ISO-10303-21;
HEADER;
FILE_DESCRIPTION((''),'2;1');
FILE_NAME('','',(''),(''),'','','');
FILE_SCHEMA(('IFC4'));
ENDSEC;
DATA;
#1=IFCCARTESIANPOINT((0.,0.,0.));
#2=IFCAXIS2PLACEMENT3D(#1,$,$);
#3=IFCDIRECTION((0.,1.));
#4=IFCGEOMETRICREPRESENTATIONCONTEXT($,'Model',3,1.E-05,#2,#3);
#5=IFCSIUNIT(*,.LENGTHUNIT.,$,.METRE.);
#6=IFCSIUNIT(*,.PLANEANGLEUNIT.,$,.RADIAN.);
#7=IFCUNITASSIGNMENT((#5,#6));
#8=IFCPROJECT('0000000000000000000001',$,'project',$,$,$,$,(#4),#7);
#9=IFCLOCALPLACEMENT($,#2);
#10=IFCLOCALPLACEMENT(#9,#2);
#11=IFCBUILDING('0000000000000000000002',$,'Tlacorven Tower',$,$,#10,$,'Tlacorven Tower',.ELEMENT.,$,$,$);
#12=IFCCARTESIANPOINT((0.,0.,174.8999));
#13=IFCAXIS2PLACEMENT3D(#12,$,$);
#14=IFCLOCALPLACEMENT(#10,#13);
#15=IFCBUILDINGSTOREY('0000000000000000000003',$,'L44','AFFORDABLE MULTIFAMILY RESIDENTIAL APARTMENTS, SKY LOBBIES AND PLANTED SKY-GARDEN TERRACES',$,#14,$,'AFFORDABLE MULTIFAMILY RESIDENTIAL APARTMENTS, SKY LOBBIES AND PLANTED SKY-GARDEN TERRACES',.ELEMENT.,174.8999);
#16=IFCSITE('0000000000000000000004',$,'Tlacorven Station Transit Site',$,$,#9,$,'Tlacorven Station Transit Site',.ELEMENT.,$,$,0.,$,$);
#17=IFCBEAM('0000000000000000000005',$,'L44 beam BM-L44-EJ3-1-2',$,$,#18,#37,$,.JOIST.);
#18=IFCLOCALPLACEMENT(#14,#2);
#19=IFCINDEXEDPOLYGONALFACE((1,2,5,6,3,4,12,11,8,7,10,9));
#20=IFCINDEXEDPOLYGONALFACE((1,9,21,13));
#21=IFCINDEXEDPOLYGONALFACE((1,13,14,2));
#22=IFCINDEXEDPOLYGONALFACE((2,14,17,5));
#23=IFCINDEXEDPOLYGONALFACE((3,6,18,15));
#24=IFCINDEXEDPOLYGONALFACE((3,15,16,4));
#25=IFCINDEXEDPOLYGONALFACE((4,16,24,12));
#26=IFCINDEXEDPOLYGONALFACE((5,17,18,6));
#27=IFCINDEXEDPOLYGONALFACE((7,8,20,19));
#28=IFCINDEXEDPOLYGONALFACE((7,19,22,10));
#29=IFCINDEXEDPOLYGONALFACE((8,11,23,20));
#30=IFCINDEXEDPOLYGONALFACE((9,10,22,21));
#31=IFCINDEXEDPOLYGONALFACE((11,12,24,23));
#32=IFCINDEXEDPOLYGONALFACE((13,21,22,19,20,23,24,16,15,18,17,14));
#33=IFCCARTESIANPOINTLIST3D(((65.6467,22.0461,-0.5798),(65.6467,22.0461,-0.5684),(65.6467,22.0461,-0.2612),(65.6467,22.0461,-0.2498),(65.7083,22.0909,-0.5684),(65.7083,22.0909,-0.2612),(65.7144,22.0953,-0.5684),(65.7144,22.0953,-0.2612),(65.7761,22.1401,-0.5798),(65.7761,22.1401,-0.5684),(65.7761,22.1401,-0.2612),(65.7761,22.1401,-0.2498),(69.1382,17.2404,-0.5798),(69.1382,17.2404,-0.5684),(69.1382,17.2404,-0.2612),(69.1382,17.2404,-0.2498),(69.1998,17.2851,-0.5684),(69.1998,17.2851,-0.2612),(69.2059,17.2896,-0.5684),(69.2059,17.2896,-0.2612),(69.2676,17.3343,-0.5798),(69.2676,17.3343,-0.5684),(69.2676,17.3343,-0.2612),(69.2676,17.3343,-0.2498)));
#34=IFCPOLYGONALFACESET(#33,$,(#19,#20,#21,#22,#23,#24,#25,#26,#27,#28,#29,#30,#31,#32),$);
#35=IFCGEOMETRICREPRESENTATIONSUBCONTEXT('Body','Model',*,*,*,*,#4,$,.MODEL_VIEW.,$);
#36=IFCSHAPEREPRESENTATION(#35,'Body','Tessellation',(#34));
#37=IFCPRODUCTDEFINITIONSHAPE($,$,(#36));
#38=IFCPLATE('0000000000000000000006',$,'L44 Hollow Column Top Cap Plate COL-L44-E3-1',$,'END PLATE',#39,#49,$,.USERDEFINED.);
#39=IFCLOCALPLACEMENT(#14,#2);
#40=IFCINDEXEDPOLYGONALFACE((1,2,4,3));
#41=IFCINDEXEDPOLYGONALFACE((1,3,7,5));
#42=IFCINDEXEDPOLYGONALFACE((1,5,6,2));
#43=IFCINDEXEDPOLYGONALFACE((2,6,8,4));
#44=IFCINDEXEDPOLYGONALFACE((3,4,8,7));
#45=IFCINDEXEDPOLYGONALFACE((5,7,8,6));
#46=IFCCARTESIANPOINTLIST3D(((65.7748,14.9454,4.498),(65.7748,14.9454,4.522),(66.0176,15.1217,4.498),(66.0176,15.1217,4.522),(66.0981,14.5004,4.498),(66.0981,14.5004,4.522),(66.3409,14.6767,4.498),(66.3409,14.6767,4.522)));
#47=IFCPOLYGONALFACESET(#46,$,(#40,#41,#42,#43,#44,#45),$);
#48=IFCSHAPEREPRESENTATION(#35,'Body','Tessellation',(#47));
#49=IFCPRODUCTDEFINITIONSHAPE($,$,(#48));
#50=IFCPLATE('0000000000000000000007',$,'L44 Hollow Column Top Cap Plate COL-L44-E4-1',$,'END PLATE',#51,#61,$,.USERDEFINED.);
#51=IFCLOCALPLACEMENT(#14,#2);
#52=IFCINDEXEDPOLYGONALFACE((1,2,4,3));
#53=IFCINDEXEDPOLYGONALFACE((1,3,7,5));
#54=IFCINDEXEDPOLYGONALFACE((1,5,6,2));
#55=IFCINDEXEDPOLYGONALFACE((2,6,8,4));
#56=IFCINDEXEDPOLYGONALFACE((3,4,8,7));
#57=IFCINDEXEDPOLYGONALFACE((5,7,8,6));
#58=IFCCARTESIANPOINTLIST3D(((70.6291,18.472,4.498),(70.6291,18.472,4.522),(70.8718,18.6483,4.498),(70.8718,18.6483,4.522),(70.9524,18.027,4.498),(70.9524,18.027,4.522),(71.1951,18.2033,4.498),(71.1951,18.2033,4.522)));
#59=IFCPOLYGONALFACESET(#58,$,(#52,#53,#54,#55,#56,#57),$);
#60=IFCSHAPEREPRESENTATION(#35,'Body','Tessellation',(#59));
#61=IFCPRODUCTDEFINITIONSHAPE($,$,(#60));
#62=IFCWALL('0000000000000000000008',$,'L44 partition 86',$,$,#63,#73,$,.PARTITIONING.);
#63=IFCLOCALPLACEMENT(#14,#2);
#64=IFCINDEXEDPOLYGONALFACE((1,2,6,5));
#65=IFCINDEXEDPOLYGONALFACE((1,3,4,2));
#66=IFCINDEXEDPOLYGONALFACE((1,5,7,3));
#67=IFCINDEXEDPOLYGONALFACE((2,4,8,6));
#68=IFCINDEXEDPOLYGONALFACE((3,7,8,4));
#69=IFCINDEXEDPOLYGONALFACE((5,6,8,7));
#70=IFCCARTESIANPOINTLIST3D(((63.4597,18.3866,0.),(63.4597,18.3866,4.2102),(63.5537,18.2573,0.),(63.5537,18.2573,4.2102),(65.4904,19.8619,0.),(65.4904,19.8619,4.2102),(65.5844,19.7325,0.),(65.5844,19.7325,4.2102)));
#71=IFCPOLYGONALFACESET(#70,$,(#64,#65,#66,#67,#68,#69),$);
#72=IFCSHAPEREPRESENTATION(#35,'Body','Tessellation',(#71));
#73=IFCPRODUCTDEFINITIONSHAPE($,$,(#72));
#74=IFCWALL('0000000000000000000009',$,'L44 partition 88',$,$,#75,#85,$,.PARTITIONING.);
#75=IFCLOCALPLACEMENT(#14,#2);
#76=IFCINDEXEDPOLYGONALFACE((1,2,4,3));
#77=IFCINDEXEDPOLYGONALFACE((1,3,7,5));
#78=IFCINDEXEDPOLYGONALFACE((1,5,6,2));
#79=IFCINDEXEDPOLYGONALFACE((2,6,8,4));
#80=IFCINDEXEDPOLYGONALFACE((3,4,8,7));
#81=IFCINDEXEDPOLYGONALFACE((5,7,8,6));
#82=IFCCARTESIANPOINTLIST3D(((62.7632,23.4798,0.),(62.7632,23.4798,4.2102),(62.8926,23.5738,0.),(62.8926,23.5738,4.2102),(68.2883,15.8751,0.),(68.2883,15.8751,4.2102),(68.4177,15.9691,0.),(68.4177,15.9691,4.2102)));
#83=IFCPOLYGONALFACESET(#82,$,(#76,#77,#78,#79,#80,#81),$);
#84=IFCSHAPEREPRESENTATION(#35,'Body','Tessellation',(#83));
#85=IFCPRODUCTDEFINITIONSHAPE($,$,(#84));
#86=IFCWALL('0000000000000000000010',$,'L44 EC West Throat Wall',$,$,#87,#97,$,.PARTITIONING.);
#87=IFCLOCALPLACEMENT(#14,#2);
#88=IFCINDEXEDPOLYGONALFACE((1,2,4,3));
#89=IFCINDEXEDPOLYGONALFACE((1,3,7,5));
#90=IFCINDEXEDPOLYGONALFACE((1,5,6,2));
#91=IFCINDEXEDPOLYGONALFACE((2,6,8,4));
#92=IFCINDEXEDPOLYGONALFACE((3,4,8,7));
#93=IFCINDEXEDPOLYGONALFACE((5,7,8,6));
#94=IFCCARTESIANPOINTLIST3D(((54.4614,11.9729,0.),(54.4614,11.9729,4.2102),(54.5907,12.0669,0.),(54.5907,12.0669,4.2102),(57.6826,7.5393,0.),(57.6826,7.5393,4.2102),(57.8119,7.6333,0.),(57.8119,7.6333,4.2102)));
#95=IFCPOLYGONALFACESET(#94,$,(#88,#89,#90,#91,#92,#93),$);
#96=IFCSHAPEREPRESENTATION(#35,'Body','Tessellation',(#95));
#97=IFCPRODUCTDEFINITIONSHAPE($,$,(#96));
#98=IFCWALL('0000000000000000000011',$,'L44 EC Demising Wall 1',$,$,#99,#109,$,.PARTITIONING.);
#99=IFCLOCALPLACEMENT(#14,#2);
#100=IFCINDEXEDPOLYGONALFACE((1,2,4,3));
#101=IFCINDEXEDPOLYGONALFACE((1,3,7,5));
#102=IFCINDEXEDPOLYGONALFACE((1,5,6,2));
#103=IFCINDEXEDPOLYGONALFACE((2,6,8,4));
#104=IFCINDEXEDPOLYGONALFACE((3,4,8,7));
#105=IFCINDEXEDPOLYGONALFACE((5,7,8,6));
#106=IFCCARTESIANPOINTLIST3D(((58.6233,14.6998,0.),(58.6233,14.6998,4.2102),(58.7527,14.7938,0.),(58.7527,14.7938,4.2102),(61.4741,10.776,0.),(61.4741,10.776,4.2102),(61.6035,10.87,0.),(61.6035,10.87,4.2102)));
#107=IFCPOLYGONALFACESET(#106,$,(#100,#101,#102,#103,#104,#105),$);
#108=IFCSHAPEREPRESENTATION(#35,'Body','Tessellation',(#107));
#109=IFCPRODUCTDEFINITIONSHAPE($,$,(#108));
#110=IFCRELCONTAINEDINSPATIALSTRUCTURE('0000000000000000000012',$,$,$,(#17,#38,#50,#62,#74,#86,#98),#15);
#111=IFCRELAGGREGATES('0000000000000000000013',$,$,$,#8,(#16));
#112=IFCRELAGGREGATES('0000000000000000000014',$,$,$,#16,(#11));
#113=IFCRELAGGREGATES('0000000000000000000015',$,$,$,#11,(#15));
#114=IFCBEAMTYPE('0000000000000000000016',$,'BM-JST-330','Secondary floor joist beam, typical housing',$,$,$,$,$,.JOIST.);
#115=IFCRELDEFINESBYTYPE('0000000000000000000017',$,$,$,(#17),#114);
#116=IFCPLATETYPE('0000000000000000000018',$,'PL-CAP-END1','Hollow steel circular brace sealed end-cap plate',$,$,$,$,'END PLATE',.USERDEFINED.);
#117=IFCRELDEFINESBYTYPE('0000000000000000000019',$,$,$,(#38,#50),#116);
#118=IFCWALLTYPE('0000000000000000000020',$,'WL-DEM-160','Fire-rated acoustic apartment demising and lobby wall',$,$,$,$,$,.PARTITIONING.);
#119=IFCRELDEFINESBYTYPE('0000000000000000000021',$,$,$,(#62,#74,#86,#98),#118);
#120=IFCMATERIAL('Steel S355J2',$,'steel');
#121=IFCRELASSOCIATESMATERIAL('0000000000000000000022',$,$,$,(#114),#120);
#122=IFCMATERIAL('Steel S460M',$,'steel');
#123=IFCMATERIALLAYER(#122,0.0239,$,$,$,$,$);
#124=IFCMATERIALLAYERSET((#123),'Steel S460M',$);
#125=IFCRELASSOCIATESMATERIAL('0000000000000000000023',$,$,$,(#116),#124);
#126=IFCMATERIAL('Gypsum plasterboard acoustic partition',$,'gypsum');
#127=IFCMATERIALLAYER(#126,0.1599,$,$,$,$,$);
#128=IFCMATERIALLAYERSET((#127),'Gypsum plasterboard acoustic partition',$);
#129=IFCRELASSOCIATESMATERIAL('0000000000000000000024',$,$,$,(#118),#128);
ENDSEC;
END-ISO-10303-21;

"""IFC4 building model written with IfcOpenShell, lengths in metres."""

from ifc_helpers import new_model, si_unit, direction, frame, frame_2d, origin, origin_2d, place, context, subcontext, project, spatial, rectangle, i_section, extrude, source, transform, mapped, material, layer, layer_set, material_profile, profile_set, type_object, element, save


model = new_model("IFC4")

# Units and contexts
model_context = context("Model", 3, precision=1e-05, world=origin(), true_north=direction((0.0, 1.0)))
body_context = subcontext(model_context, "Body", "Model", "MODEL_VIEW")
ifc_project = project(units=[si_unit("LENGTHUNIT", "METRE"), si_unit("PLANEANGLEUNIT", "RADIAN")], contexts=[model_context])

# Site, building, storey
site_placement = place(None, origin())
site = spatial("IfcSite", under=ifc_project, at=site_placement, Name="Tlacorven Station Transit Site", LongName="Tlacorven Station Transit Site", CompositionType="ELEMENT", RefElevation=0.0)
building_placement = place(site_placement, origin())
building = spatial("IfcBuilding", under=site, at=building_placement, Name="Tlacorven Tower", LongName="Tlacorven Tower", CompositionType="ELEMENT")
storey_placement = place(building_placement, frame((0.0, 0.0, 174.8999)))
storey = spatial("IfcBuildingStorey", under=building, at=storey_placement, Name="L44", Description="AFFORDABLE MULTIFAMILY RESIDENTIAL APARTMENTS, SKY LOBBIES AND PLANTED SKY-GARDEN TERRACES", LongName="AFFORDABLE MULTIFAMILY RESIDENTIAL APARTMENTS, SKY LOBBIES AND PLANTED SKY-GARDEN TERRACES", CompositionType="ELEMENT", Elevation=174.8999)

# Shared definitions
ifc_material_1 = material(Name="Steel S460M", Category="steel")

# Beam
ifc_material_2 = material(Name="Steel S355J2", Category="steel")
ifc_material_profile_1 = material_profile(ifc_material_2, i_section(OverallWidth=0.1599, OverallDepth=0.3301, WebThickness=0.0076, FlangeThickness=0.0115, at=origin_2d()), Name="IPE 330")
ifc_profile_set_1 = profile_set([ifc_material_profile_1], Name="Steel S355J2")
beam_type_1 = type_object("IfcBeamType", Name="BM-JST-330", Description="Secondary floor joist beam, typical housing", PredefinedType="JOIST", material=ifc_profile_set_1)
shared_shape_1 = source(origin(), body_context, "Body", "SweptSolid", [
    extrude(i_section(OverallWidth=0.1599, OverallDepth=0.3301, WebThickness=0.0076, FlangeThickness=0.0115, at=origin_2d()), origin(), (0.0, 0.0, 1.0), 5.9402),
])
for number, where, z_axis, x_axis, name in (
    (1, (69.2029, 17.2874, -0.4148), (-0.587778, 0.809022, 0.0), (-0.809022, -0.587778, 0.0), "L44 beam BM-L44-EJ3-1-2"),
):
    element("IfcBeam", number, at=place(storey_placement, frame(where, z_axis=z_axis, x_axis=x_axis)), inside=storey, type_object=beam_type_1, Name=name, PredefinedType="JOIST", context=body_context, shape_type="MappedRepresentation", body=[
        mapped(shared_shape_1, transform((0.0, 0.0, 0.0), scale=1.0)),
    ])

# Plates
ifc_layer_1 = layer(ifc_material_1, 0.0239)
ifc_layer_set_1 = layer_set([ifc_layer_1], Name="Steel S460M")
plate_type = type_object("IfcPlateType", Name="PL-CAP-END1", Description="Hollow steel circular brace sealed end-cap plate", ElementType="END PLATE", PredefinedType="USERDEFINED", material=ifc_layer_set_1)
shared_shape_2 = source(origin(), body_context, "Body", "SweptSolid", [
    extrude(rectangle(XDim=0.3, YDim=0.55, at=origin_2d()), origin(), (0.0, 0.0, 1.0), 0.0239),
])
for number, where, z_axis, x_axis, name in (
    (2, (66.0579, 14.811, 4.498), (0.0, 0.0, 1.0), (0.809017, 0.587785, 0.0), "L44 Hollow Column Top Cap Plate COL-L44-E3-1"),
    (3, (70.9121, 18.3376, 4.498), (0.0, 0.0, 1.0), (0.809017, 0.587785, 0.0), "L44 Hollow Column Top Cap Plate COL-L44-E4-1"),
):
    element("IfcPlate", number, at=place(storey_placement, frame(where, z_axis=z_axis, x_axis=x_axis)), inside=storey, type_object=plate_type, Name=name, ObjectType="END PLATE", PredefinedType="USERDEFINED", context=body_context, shape_type="MappedRepresentation", body=[
        mapped(shared_shape_2, transform((0.0, 0.0, 0.0), scale=1.0)),
    ])

# Walls
ifc_material_3 = material(Name="Gypsum plasterboard acoustic partition", Category="gypsum")
ifc_layer_2 = layer(ifc_material_3, 0.1599)
ifc_layer_set_2 = layer_set([ifc_layer_2], Name="Gypsum plasterboard acoustic partition")
wall_type_1 = type_object("IfcWallType", Name="WL-DEM-160", Description="Fire-rated acoustic apartment demising and lobby wall", PredefinedType="PARTITIONING", material=ifc_layer_set_2)
wall_1_placement = place(storey_placement, frame((63.5068, 18.322, 0.0), z_axis=(0.0, 0.0, 1.0), x_axis=(0.809035, 0.587761, 0.0)))
element("IfcWall", 4, at=wall_1_placement, inside=storey, type_object=wall_type_1, Name="L44 partition 86", PredefinedType="PARTITIONING", context=body_context, shape_type="SweptSolid", body=[
    extrude(rectangle(XDim=2.51, YDim=0.1599, at=frame_2d((1.2549, 0.0))), origin(), (0.0, 0.0, 1.0), 4.2102),
])
wall_2_placement = place(storey_placement, frame((68.353, 15.9221, 0.0), z_axis=(0.0, 0.0, 1.0), x_axis=(-0.587784, 0.809018, 0.0)))
element("IfcWall", 5, at=wall_2_placement, inside=storey, type_object=wall_type_1, Name="L44 partition 88", PredefinedType="PARTITIONING", context=body_context, shape_type="SweptSolid", body=[
    extrude(rectangle(XDim=9.3999, YDim=0.1599, at=frame_2d((4.7, 0.0))), origin(), (0.0, 0.0, 1.0), 4.2102),
])
wall_3_placement = place(storey_placement, frame((57.7473, 7.5862, 0.0), z_axis=(0.0, 0.0, 1.0), x_axis=(-0.587785, 0.809017, 0.0)))
element("IfcWall", 6, at=wall_3_placement, inside=storey, type_object=wall_type_1, Name="L44 EC West Throat Wall", PredefinedType="PARTITIONING", context=body_context, shape_type="SweptSolid", body=[
    extrude(rectangle(XDim=5.4802, YDim=0.1599, at=frame_2d((2.7402, 0.0))), origin(), (0.0, 0.0, 1.0), 4.2102),
])
wall_4_placement = place(storey_placement, frame((61.5388, 10.823, 0.0), z_axis=(0.0, 0.0, 1.0), x_axis=(-0.587786, 0.809017, 0.0)))
element("IfcWall", 7, at=wall_4_placement, inside=storey, type_object=wall_type_1, Name="L44 EC Demising Wall 1", PredefinedType="PARTITIONING", context=body_context, shape_type="SweptSolid", body=[
    extrude(rectangle(XDim=4.8501, YDim=0.1599, at=frame_2d((2.425, 0.0))), origin(), (0.0, 0.0, 1.0), 4.2102),
])

save(model, "model.ifc")
